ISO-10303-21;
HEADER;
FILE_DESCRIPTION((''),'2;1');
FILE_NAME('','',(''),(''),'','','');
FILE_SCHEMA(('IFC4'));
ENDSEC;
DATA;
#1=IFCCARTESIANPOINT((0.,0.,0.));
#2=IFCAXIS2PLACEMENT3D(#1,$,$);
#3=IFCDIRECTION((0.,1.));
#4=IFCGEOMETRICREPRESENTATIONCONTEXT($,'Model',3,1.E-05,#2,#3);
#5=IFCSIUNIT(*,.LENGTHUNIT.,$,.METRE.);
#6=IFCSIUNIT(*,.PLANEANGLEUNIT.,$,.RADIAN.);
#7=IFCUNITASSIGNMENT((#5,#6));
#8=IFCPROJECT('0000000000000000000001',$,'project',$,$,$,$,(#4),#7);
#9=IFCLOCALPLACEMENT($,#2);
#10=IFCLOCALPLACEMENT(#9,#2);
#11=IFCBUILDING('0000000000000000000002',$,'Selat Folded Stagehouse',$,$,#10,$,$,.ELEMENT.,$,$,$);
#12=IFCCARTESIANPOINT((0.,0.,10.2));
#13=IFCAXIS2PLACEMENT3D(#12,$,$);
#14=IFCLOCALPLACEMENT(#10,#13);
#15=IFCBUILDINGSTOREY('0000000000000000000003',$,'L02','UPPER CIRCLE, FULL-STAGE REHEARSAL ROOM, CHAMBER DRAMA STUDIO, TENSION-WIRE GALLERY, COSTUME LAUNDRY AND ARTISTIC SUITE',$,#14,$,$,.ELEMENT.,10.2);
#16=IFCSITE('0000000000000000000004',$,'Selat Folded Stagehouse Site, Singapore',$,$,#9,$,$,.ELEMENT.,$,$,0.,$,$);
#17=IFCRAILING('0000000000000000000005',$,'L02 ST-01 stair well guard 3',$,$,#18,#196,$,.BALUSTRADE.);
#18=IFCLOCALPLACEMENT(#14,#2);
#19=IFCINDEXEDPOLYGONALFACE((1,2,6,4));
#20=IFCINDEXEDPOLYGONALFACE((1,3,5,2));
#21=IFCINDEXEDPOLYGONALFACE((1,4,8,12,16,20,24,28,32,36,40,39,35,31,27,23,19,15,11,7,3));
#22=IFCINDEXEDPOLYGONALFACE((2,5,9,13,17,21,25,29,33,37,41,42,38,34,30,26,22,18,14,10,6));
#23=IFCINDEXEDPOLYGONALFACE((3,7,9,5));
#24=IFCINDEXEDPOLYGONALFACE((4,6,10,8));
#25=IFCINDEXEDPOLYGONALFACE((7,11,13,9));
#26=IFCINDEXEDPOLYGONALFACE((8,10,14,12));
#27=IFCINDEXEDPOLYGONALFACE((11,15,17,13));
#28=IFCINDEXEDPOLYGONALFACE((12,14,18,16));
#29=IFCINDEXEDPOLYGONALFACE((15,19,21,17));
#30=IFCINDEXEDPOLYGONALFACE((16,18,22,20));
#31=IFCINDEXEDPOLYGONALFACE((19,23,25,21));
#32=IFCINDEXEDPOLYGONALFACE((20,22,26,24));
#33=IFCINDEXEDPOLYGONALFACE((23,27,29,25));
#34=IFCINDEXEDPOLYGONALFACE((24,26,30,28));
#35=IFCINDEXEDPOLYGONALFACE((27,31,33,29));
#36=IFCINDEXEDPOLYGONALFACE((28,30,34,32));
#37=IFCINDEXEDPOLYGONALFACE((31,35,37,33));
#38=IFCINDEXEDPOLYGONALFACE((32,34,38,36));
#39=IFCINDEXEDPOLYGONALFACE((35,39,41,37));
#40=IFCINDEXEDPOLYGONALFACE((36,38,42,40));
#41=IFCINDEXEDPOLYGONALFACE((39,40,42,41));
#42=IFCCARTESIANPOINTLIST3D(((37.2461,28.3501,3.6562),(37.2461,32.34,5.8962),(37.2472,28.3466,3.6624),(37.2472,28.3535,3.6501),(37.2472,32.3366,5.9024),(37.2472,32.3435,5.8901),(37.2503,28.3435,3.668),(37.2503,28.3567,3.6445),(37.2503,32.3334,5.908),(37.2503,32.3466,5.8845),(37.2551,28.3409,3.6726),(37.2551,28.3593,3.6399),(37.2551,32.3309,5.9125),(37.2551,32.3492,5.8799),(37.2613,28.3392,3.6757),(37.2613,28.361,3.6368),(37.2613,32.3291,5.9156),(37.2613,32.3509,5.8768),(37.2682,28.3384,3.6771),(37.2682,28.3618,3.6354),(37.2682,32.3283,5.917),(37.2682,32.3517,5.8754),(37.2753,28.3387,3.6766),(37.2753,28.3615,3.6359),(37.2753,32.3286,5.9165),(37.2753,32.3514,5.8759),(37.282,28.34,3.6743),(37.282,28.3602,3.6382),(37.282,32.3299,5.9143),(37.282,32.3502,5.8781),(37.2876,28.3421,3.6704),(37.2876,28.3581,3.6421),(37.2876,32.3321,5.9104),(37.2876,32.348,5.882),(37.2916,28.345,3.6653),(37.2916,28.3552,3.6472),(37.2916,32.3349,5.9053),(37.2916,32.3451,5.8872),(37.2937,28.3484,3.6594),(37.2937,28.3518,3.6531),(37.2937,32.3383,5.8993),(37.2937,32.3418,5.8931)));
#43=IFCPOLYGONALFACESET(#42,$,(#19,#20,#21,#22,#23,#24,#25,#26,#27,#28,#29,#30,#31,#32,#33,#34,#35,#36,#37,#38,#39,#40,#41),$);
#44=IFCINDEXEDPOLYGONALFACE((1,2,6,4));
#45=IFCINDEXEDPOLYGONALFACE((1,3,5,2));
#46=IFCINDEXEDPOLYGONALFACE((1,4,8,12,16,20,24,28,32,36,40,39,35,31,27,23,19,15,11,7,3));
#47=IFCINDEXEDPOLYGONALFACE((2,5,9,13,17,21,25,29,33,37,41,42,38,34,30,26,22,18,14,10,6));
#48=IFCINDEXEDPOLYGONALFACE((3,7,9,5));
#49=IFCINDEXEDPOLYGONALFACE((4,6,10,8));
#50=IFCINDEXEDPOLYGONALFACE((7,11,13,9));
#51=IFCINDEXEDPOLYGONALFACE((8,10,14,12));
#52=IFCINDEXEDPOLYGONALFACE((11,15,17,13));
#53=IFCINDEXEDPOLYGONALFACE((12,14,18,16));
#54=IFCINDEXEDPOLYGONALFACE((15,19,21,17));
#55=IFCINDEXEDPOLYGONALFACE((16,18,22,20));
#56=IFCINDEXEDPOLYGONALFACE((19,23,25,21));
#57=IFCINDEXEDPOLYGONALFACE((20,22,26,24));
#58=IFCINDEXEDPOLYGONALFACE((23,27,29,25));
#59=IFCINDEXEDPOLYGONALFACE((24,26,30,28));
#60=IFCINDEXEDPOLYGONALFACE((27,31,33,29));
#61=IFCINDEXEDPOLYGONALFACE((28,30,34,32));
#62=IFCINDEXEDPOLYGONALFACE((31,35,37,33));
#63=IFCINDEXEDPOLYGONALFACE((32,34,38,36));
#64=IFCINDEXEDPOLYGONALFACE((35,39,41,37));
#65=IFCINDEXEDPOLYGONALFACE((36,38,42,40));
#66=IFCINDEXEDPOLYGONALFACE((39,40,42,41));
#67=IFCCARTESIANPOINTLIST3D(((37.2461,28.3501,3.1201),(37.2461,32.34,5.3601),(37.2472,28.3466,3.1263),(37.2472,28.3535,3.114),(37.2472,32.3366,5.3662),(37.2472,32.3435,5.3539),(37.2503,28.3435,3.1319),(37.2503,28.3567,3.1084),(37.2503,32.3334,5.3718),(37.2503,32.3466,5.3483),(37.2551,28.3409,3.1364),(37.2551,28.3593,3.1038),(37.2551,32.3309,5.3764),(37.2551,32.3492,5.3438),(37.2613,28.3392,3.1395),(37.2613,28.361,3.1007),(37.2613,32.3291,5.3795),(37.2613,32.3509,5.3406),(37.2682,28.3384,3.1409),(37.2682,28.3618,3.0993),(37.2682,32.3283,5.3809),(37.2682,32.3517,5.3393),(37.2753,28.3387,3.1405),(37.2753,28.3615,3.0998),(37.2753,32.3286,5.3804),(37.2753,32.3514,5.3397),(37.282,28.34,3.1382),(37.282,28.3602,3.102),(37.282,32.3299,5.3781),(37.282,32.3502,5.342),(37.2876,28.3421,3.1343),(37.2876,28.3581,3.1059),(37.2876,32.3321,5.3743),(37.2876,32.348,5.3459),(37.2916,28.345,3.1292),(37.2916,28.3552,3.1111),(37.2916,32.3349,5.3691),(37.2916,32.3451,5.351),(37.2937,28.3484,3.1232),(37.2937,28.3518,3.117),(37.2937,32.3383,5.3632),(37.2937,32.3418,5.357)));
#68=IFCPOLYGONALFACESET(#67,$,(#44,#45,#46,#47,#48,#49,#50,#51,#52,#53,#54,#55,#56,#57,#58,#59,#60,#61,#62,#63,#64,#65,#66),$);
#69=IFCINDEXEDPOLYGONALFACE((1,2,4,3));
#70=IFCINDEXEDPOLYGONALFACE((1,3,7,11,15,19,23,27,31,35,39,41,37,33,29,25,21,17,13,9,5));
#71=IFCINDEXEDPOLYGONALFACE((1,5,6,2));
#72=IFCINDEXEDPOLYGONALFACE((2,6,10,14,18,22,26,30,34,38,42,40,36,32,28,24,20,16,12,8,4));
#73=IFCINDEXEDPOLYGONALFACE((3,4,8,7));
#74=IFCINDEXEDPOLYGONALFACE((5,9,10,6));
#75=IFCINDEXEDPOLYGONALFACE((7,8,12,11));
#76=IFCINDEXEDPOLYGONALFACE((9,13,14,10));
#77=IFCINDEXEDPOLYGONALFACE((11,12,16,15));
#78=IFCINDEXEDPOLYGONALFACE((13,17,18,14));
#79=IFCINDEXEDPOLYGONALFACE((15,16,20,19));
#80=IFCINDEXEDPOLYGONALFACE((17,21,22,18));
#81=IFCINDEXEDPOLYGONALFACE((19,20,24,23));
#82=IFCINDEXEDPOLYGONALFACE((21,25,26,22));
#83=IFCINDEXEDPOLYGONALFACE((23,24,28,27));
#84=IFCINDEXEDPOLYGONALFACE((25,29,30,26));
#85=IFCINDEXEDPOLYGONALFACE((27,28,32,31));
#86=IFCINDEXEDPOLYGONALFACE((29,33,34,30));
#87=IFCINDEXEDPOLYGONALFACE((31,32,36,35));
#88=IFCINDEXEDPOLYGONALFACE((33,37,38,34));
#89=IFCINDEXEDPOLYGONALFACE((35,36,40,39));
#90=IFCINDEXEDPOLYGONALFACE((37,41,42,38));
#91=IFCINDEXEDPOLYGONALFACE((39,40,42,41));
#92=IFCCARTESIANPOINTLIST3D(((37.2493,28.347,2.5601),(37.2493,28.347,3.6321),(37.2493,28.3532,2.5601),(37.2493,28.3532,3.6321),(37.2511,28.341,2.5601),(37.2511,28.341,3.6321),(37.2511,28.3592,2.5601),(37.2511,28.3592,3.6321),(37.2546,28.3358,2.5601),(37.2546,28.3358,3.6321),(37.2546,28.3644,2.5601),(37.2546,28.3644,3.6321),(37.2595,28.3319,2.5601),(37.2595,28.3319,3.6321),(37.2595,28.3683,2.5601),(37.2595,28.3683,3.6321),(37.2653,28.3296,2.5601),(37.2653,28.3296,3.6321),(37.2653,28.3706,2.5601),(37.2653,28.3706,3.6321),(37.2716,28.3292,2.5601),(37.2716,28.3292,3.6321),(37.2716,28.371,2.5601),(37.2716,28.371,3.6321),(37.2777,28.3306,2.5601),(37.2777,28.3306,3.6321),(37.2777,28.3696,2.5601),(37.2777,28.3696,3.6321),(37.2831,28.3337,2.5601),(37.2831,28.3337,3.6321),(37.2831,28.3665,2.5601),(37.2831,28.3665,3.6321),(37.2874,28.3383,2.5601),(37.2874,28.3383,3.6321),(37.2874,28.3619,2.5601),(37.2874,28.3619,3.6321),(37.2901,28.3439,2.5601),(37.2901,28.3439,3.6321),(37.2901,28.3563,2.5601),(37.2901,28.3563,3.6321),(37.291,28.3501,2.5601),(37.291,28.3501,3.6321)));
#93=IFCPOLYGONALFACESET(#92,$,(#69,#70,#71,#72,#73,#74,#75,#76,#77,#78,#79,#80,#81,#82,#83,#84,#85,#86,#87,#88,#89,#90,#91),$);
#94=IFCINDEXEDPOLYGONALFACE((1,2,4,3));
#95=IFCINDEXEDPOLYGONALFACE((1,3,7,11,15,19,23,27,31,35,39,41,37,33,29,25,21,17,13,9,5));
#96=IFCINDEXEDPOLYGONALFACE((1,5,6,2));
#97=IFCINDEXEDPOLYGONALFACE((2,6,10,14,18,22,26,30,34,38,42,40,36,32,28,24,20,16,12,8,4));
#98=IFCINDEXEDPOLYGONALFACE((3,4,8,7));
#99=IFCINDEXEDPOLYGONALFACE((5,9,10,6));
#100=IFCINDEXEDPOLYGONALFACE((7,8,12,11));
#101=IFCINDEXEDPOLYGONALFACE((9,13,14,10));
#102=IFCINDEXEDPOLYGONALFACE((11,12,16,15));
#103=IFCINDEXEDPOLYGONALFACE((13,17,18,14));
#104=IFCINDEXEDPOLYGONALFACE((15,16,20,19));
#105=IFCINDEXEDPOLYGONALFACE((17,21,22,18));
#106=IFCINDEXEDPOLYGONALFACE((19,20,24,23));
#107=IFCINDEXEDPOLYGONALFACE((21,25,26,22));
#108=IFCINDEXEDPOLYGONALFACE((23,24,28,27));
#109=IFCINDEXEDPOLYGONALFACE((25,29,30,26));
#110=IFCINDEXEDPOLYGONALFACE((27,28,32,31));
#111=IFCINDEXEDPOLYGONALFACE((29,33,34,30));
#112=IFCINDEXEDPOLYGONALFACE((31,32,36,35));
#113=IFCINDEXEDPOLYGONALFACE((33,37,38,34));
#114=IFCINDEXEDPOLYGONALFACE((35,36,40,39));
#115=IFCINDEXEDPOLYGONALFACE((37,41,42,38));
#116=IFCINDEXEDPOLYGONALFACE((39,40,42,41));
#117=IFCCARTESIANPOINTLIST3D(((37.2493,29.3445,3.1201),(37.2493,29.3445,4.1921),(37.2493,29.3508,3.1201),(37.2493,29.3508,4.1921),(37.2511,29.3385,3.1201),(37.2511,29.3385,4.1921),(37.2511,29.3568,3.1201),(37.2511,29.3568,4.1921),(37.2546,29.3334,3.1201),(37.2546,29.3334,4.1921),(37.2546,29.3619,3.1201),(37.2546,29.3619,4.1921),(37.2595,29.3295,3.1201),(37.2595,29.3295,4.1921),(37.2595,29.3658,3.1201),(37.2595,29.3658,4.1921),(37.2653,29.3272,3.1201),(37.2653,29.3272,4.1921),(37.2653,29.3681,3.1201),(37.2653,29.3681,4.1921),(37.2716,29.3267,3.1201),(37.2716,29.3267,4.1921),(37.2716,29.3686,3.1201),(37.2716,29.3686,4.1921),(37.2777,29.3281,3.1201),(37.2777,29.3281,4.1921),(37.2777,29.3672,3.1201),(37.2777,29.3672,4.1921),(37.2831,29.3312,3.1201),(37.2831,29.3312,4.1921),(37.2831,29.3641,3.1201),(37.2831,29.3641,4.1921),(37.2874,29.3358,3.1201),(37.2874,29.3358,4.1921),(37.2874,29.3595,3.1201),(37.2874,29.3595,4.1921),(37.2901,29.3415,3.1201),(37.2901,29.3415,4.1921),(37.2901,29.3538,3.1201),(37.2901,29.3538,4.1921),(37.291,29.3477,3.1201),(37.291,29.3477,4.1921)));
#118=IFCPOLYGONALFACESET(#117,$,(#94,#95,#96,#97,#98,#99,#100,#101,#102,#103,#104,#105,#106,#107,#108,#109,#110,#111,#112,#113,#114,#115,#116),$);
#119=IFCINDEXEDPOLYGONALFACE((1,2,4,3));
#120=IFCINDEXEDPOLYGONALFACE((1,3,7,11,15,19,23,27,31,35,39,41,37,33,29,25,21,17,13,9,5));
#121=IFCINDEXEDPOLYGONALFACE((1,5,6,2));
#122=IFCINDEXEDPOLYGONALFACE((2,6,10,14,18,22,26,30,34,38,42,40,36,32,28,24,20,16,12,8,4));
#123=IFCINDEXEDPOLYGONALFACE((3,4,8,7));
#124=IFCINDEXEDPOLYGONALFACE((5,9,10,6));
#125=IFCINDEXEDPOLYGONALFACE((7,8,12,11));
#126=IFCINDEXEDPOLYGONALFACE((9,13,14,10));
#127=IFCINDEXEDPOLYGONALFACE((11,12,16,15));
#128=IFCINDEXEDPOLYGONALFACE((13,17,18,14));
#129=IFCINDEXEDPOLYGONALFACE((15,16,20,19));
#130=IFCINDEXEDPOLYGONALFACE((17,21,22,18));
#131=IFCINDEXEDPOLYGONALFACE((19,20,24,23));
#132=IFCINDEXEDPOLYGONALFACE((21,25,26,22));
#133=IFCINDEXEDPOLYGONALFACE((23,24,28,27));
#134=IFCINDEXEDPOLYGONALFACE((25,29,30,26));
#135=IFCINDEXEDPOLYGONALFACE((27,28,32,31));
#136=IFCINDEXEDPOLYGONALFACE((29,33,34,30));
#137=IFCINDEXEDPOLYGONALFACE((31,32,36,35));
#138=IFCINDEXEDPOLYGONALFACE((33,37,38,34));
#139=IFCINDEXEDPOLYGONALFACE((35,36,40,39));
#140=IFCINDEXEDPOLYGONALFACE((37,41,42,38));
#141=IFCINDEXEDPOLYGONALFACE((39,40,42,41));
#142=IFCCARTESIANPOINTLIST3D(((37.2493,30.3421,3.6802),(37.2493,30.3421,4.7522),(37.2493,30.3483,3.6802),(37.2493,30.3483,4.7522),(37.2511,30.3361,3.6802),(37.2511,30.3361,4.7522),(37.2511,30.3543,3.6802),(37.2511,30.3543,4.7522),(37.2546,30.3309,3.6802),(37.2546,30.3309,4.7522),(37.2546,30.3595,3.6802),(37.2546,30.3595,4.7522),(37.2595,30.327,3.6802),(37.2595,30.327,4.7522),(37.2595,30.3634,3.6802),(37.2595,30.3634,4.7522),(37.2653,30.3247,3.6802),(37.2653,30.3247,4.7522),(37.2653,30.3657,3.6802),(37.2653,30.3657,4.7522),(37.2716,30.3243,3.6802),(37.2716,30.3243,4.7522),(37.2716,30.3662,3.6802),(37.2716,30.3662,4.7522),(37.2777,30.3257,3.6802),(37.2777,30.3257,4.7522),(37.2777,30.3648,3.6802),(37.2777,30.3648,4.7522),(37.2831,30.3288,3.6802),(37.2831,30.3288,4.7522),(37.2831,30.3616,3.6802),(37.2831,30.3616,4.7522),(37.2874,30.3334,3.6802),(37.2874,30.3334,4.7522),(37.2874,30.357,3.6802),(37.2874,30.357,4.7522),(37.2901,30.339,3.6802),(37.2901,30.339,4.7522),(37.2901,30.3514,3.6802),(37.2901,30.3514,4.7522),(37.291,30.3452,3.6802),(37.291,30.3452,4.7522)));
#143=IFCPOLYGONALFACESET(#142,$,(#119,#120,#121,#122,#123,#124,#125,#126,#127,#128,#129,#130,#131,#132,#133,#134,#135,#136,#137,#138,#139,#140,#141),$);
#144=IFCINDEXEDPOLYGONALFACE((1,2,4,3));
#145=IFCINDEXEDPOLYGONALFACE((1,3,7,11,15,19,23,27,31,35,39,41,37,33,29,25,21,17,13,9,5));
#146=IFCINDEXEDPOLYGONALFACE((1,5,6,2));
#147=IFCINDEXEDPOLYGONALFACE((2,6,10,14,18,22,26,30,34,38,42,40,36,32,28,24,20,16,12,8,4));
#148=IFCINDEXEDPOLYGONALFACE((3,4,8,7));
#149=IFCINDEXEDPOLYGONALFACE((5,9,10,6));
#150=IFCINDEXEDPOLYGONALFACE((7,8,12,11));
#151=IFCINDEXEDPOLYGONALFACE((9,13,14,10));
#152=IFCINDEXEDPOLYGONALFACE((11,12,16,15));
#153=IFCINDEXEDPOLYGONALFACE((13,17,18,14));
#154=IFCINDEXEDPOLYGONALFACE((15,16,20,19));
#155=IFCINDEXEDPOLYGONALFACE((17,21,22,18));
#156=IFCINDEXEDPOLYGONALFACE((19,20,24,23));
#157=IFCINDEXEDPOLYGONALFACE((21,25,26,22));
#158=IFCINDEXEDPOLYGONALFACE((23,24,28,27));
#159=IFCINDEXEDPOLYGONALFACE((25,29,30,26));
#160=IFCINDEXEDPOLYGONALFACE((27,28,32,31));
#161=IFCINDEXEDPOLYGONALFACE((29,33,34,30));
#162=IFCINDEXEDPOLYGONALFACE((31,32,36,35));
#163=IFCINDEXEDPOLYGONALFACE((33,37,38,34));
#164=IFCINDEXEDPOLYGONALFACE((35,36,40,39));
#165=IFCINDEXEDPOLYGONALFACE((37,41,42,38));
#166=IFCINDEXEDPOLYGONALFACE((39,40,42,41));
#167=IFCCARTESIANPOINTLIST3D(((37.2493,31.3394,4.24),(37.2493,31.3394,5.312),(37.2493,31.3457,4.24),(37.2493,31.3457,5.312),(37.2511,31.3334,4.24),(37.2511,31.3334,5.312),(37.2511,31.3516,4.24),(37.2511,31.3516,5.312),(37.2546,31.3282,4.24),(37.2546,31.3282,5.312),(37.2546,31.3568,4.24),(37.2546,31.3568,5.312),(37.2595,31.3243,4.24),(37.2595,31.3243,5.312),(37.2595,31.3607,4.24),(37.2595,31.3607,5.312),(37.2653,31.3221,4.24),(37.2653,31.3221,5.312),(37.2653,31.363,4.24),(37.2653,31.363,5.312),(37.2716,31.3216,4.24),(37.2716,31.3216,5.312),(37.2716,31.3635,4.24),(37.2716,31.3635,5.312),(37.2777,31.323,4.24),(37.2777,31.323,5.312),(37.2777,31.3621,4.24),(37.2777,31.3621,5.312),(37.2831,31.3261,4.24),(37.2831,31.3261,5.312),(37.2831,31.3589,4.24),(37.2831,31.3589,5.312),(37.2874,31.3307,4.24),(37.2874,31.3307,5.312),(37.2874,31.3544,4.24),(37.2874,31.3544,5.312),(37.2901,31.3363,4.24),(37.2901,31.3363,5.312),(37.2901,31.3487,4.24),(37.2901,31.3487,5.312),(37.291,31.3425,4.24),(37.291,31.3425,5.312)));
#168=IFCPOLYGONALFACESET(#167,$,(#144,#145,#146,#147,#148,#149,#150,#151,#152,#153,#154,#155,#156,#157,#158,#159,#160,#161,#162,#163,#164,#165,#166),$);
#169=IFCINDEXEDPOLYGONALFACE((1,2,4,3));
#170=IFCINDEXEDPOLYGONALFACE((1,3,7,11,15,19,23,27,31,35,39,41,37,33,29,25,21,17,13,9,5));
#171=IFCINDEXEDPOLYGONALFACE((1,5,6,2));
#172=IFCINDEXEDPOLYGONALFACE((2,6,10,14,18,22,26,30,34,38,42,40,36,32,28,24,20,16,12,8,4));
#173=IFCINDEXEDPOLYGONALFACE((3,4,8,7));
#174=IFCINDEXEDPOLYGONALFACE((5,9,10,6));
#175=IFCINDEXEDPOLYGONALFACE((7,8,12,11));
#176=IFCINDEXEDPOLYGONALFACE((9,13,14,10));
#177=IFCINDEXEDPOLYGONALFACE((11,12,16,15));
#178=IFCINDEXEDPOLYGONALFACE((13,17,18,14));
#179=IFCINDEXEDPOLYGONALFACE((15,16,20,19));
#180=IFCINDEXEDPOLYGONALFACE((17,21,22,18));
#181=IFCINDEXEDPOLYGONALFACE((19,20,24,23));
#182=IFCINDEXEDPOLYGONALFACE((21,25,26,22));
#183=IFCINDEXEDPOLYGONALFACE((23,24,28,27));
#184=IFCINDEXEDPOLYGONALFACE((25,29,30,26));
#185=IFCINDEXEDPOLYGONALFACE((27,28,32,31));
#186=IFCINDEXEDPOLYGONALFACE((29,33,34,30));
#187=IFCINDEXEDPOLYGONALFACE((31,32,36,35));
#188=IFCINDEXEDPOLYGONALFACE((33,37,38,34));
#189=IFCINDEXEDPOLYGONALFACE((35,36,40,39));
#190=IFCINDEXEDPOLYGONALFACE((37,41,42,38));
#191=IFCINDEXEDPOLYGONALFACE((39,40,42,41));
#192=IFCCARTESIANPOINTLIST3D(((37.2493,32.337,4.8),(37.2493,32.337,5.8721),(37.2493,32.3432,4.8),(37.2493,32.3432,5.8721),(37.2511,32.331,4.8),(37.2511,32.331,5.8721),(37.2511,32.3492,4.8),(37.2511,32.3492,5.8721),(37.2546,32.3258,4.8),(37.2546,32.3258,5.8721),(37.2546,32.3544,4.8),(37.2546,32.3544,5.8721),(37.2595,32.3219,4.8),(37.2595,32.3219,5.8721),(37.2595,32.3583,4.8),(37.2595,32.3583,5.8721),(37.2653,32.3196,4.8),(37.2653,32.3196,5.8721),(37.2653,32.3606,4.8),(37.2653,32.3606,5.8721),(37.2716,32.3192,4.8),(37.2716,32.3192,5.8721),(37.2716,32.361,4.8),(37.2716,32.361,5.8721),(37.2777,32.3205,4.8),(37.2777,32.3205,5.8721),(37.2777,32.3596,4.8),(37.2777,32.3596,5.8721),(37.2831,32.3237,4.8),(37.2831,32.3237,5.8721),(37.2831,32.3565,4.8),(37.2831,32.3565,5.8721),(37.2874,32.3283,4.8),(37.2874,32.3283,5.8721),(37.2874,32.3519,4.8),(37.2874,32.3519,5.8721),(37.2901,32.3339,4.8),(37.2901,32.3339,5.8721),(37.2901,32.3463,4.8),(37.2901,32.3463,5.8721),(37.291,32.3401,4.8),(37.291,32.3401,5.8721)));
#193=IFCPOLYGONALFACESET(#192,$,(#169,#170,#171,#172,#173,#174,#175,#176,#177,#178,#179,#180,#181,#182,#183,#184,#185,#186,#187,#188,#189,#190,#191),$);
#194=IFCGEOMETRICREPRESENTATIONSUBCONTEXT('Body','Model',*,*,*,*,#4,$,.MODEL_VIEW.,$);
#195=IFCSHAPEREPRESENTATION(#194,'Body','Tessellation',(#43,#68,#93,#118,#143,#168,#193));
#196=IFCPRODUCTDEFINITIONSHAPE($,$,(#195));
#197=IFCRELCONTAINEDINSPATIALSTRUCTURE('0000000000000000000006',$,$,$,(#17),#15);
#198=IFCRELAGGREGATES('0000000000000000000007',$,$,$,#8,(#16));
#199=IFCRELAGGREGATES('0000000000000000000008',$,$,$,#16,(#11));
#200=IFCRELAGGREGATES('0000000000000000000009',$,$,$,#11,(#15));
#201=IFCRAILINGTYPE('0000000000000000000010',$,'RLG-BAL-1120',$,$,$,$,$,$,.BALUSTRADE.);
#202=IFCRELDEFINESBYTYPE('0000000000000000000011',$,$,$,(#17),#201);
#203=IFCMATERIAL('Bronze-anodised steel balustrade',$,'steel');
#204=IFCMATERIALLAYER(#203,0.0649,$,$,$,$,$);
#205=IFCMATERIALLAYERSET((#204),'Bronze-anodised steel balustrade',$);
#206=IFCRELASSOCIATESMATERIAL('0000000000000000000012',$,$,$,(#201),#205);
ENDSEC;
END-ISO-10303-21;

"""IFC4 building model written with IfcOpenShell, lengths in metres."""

from ifc_helpers import new_model, si_unit, direction, frame, origin, origin_2d, place, context, subcontext, project, spatial, circle, extrude, material, layer, layer_set, type_object, element, save


model = new_model("IFC4")

# Units and contexts
model_context = context("Model", 3, precision=1e-05, world=origin(), true_north=direction((0.0, 1.0)))
body_context = subcontext(model_context, "Body", "Model", "MODEL_VIEW")
ifc_project = project(units=[si_unit("LENGTHUNIT", "METRE"), si_unit("PLANEANGLEUNIT", "RADIAN")], contexts=[model_context])

# Site, building, storey
site_placement = place(None, origin())
site = spatial("IfcSite", under=ifc_project, at=site_placement, Name="Selat Folded Stagehouse Site, Singapore", CompositionType="ELEMENT", RefElevation=0.0)
building_placement = place(site_placement, origin())
building = spatial("IfcBuilding", under=site, at=building_placement, Name="Selat Folded Stagehouse", CompositionType="ELEMENT")
storey_placement = place(building_placement, frame((0.0, 0.0, 10.2)))
storey = spatial("IfcBuildingStorey", under=building, at=storey_placement, Name="L02", Description="UPPER CIRCLE, FULL-STAGE REHEARSAL ROOM, CHAMBER DRAMA STUDIO, TENSION-WIRE GALLERY, COSTUME LAUNDRY AND ARTISTIC SUITE", CompositionType="ELEMENT", Elevation=10.2)

# Railing
ifc_material_1 = material(Name="Bronze-anodised steel balustrade", Category="steel")
ifc_layer_1 = layer(ifc_material_1, 0.0649)
ifc_layer_set_1 = layer_set([ifc_layer_1], Name="Bronze-anodised steel balustrade")
railing_type_1 = type_object("IfcRailingType", Name="RLG-BAL-1120", PredefinedType="BALUSTRADE", material=ifc_layer_set_1)
railing_1_placement = place(storey_placement, frame((37.27, 28.3501, 2.5601)))
element("IfcRailing", 1, at=railing_1_placement, inside=storey, type_object=railing_type_1, Name="L02 ST-01 stair well guard 3", PredefinedType="BALUSTRADE", context=body_context, shape_type="SweptSolid", body=[
    extrude(circle(Radius=0.0239, at=origin_2d()), frame((0.0, 0.0, 1.0962), z_axis=(0.0, 0.871984, 0.489534), x_axis=(-1.0, 0.0, 0.0)), (0.0, 0.0, 1.0), 4.5757),
    extrude(circle(Radius=0.0239, at=origin_2d()), frame((0.0, 0.0, 0.5601), z_axis=(0.0, 0.871984, 0.489534), x_axis=(-1.0, 0.0, 0.0)), (0.0, 0.0, 1.0), 4.5757),
    extrude(circle(Radius=0.021, at=origin_2d()), origin(), (0.0, 0.0, 1.0), 1.072),
    extrude(circle(Radius=0.021, at=origin_2d()), frame((0.0, 0.9976, 0.5601)), (0.0, 0.0, 1.0), 1.072),
    extrude(circle(Radius=0.021, at=origin_2d()), frame((0.0, 1.9951, 1.1201)), (0.0, 0.0, 1.0), 1.072),
    extrude(circle(Radius=0.021, at=origin_2d()), frame((0.0, 2.9924, 1.6799)), (0.0, 0.0, 1.0), 1.072),
    extrude(circle(Radius=0.021, at=origin_2d()), frame((0.0, 3.99, 2.24)), (0.0, 0.0, 1.0), 1.072),
])

save(model, "model.ifc")
